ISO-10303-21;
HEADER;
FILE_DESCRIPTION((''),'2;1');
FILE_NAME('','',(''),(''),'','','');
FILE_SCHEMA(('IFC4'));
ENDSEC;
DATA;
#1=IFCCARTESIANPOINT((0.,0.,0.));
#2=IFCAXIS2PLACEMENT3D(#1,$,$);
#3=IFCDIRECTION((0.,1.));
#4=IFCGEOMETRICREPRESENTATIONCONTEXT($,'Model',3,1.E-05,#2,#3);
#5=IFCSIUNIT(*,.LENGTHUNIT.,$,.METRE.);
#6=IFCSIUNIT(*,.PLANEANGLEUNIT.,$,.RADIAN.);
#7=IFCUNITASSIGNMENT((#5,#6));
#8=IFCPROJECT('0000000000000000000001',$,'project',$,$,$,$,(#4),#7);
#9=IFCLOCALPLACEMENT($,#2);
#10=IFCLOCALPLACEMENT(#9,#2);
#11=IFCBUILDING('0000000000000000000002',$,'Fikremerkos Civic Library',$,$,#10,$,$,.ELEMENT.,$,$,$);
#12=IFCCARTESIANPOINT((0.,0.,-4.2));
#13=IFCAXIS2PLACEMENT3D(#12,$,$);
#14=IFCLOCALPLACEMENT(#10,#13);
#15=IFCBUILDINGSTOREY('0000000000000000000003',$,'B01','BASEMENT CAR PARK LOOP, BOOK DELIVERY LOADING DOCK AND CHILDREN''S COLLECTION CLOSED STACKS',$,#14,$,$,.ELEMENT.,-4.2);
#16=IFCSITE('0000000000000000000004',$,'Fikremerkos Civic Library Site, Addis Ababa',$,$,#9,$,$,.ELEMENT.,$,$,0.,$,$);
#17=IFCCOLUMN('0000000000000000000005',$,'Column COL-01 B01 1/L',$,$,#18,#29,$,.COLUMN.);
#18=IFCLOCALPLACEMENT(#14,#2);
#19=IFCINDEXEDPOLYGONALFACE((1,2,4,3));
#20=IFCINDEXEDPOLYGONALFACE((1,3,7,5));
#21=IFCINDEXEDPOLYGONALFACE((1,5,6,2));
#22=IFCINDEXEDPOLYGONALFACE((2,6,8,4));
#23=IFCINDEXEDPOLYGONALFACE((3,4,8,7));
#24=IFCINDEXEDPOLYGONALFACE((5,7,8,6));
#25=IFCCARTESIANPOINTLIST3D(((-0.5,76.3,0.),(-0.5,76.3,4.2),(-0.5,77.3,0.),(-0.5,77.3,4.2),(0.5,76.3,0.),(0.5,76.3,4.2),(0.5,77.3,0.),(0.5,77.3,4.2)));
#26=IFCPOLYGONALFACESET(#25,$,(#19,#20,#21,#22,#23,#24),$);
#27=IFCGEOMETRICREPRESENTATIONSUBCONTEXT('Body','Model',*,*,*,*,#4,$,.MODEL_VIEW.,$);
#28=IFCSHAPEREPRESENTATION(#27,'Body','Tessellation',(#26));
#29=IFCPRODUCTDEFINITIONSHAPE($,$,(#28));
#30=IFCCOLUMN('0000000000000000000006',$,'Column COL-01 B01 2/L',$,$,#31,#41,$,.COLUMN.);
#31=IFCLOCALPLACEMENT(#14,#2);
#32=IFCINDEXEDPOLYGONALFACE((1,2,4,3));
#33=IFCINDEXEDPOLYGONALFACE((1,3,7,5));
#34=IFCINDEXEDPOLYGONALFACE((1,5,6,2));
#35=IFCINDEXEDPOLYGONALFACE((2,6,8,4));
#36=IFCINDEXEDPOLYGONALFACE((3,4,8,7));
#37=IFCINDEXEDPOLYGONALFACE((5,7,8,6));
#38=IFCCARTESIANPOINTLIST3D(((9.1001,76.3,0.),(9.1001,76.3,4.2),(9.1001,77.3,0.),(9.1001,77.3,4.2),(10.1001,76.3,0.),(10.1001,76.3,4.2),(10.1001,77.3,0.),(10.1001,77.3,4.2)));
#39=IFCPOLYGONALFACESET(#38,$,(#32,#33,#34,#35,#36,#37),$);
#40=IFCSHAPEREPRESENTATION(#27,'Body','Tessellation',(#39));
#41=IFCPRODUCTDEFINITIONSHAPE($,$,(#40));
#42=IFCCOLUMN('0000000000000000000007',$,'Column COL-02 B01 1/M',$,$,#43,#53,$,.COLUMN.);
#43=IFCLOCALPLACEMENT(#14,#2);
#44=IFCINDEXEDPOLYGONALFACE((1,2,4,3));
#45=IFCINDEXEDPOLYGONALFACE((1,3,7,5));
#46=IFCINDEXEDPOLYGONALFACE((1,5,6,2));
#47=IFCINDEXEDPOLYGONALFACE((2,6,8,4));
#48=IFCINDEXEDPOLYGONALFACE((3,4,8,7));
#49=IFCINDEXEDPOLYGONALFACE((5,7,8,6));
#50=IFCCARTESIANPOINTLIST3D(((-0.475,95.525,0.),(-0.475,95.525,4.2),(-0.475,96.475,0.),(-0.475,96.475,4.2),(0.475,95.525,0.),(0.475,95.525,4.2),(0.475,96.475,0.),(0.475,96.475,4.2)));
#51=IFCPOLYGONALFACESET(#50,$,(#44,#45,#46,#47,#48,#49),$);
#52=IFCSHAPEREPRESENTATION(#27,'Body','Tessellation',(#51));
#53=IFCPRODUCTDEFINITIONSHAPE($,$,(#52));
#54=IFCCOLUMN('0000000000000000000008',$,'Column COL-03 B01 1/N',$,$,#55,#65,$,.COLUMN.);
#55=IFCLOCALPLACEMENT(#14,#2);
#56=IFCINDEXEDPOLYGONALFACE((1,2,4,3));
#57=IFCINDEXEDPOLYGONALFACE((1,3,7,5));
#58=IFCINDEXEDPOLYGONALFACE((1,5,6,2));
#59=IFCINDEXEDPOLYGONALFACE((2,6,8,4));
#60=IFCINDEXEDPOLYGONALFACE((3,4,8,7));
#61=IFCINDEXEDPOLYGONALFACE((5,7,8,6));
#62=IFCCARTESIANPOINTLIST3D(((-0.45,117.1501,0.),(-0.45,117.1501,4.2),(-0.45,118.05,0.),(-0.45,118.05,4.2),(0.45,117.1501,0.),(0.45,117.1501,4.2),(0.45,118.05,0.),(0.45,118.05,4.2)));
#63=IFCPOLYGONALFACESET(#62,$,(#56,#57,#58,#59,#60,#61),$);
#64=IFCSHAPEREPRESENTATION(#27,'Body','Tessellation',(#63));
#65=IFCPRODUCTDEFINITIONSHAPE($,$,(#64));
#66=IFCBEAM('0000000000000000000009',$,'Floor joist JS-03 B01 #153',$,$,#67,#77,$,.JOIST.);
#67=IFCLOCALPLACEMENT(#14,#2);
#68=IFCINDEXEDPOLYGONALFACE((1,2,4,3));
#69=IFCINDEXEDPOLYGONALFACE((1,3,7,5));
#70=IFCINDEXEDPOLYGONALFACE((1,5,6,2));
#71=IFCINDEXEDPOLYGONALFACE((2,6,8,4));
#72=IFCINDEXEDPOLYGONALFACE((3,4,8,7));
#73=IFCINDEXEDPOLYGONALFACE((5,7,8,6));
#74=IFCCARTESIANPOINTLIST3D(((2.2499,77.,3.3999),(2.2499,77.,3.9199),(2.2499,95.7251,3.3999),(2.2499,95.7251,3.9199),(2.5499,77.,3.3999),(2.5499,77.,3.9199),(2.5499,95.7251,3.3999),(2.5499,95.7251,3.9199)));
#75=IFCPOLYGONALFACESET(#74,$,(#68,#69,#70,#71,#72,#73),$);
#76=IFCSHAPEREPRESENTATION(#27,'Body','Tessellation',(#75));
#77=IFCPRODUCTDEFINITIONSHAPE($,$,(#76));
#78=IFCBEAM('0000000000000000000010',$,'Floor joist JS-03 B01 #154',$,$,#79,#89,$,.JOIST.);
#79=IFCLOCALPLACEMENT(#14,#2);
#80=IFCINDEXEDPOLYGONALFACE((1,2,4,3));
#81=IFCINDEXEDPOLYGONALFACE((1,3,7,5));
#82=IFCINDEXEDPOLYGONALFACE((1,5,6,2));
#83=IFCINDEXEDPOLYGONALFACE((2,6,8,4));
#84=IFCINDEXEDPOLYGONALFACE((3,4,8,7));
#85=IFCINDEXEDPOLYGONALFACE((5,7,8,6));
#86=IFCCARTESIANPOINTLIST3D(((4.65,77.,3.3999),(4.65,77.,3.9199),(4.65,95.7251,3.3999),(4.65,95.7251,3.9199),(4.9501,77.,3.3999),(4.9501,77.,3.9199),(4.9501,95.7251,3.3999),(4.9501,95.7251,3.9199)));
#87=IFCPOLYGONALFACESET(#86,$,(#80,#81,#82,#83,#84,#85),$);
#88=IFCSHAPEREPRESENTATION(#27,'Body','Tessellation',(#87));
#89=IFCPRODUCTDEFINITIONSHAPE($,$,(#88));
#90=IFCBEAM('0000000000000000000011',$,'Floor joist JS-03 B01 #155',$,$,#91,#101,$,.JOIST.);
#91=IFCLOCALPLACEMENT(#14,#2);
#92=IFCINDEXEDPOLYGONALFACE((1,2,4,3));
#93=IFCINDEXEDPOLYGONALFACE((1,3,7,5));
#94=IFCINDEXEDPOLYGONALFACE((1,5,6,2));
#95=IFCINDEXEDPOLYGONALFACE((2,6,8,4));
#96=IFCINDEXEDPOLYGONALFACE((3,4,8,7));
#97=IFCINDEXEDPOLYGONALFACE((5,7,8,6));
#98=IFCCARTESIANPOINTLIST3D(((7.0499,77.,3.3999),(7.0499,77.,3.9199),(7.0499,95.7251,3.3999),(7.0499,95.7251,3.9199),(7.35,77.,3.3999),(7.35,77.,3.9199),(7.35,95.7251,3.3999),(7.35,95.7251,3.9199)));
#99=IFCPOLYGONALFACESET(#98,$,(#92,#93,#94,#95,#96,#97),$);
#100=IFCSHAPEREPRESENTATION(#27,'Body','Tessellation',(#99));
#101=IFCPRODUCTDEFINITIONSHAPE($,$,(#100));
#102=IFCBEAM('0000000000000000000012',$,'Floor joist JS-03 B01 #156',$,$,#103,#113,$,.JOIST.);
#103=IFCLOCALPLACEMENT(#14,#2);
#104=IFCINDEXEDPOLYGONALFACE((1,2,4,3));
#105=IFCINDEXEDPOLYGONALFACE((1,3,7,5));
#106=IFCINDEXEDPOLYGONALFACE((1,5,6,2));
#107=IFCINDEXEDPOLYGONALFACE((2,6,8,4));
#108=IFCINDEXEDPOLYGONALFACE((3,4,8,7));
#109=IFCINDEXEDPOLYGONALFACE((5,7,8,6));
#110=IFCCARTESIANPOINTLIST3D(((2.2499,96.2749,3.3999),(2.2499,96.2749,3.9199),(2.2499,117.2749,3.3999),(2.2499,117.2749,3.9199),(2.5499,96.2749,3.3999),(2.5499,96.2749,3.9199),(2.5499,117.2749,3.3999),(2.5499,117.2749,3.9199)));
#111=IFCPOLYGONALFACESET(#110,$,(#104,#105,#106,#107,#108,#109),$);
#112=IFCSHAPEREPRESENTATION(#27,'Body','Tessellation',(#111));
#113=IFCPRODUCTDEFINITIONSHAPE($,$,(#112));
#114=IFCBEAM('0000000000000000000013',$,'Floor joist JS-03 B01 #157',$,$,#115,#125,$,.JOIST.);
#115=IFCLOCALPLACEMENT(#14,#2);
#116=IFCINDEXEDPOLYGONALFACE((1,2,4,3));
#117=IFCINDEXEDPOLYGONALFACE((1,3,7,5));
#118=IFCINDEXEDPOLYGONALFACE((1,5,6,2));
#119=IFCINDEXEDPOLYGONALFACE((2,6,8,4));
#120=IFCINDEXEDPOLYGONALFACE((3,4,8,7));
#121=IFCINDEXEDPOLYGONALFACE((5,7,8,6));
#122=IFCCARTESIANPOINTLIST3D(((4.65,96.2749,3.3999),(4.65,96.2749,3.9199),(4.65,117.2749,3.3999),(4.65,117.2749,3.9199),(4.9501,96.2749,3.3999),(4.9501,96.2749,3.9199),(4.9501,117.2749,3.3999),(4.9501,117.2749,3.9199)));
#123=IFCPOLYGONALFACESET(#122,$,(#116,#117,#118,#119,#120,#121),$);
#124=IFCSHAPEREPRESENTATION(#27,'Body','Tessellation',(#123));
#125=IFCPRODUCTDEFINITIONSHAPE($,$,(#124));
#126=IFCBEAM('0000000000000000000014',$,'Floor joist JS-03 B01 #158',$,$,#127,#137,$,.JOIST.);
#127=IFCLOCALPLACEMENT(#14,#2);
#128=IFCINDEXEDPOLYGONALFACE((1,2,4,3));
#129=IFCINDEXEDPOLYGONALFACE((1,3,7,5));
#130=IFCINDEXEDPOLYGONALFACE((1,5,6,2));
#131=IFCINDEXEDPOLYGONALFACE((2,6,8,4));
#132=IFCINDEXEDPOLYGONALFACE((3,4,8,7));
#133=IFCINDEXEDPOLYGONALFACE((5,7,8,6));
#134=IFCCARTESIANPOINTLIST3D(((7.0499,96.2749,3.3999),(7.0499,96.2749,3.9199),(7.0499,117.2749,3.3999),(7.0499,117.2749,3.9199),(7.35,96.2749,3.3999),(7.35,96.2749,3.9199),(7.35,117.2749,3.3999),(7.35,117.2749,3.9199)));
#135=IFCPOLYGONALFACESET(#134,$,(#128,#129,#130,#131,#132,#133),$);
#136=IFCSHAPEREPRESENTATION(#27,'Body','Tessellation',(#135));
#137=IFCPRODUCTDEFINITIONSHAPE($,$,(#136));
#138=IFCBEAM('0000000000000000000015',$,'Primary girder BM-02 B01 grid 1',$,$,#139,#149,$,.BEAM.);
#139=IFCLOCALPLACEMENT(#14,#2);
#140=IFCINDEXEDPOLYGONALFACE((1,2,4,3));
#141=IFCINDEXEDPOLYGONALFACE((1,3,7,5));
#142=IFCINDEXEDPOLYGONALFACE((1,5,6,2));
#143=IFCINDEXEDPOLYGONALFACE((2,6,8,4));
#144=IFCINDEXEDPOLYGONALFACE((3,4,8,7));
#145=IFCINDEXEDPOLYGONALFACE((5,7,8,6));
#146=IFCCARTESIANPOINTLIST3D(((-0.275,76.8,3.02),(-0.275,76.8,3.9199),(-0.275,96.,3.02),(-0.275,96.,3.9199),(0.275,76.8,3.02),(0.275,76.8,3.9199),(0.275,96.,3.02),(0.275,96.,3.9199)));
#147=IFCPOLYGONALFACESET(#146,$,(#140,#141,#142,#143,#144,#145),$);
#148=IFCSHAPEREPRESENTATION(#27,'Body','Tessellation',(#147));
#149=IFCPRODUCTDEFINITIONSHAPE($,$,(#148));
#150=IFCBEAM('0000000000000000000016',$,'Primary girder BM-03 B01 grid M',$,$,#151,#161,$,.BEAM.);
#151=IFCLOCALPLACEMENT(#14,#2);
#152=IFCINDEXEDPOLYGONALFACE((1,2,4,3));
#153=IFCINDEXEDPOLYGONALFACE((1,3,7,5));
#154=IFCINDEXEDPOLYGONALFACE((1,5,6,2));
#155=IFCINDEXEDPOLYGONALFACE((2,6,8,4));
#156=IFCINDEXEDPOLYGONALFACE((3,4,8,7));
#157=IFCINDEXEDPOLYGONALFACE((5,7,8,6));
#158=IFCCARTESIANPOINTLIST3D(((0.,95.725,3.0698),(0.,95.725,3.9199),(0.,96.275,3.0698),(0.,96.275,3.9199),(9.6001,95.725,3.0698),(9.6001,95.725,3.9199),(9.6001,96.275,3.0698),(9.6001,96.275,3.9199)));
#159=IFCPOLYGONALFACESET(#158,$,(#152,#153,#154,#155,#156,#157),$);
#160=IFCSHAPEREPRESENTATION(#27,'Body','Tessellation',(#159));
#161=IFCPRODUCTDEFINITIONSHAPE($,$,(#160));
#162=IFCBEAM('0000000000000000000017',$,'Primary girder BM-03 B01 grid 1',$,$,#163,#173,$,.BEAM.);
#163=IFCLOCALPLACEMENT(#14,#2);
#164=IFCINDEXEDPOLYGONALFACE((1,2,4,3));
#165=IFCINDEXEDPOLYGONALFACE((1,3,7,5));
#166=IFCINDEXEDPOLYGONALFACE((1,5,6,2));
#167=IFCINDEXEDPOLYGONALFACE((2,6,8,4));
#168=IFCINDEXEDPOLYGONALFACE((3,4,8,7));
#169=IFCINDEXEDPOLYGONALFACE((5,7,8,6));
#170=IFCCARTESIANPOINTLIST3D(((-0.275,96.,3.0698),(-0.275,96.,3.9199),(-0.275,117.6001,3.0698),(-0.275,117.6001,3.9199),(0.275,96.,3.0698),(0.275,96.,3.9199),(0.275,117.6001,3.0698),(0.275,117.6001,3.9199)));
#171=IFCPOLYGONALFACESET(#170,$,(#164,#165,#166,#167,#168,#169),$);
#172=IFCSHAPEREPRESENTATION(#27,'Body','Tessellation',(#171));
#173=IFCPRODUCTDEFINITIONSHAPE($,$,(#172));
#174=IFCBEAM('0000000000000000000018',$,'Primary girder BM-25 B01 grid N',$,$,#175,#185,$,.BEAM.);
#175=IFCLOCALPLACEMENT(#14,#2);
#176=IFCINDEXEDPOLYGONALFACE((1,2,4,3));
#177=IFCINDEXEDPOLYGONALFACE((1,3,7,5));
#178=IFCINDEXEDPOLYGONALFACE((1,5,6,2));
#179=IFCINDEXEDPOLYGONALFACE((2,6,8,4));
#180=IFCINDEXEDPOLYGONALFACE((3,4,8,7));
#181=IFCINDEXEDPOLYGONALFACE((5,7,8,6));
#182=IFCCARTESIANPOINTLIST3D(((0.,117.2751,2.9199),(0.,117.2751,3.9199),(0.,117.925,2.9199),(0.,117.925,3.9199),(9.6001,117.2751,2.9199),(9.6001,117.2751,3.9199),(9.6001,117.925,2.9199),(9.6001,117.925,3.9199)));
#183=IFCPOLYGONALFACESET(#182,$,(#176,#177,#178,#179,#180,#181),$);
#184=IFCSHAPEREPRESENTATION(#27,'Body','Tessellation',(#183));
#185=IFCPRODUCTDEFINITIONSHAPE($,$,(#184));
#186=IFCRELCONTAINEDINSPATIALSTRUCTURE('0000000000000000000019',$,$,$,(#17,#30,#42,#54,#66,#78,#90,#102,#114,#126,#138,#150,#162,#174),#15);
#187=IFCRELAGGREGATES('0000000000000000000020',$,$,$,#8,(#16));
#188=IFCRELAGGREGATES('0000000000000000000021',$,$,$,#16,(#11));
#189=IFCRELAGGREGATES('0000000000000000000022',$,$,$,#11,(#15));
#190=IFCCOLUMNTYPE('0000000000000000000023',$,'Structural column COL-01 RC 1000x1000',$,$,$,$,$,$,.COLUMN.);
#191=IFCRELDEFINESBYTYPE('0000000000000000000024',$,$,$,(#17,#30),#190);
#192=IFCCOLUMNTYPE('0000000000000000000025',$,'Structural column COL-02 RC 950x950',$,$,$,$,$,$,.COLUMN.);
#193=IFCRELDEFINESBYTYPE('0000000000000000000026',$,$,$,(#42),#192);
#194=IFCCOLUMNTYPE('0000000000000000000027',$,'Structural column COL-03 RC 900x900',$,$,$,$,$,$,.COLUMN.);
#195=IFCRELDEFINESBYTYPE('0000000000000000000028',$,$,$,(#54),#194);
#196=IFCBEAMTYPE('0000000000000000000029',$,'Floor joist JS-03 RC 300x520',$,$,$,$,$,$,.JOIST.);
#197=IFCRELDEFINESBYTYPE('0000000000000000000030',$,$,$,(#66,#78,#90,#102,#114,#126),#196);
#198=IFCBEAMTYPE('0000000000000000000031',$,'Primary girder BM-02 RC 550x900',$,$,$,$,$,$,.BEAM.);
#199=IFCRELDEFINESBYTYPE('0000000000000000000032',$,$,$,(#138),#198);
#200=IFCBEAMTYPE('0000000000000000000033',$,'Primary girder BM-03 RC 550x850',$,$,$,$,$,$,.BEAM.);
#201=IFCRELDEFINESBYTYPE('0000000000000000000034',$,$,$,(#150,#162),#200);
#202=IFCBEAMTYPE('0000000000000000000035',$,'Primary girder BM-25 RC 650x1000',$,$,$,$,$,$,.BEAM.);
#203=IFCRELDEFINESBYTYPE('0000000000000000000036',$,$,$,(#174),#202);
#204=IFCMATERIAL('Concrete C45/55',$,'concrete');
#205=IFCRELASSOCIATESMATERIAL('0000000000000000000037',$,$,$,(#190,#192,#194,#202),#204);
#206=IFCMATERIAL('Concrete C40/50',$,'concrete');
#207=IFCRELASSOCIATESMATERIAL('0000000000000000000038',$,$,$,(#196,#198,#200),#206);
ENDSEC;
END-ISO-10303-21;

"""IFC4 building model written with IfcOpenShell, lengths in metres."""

from ifc_helpers import new_model, si_unit, direction, frame, origin, origin_2d, place, context, subcontext, project, spatial, rectangle, extrude, material, material_profile, profile_set, type_object, element, save


model = new_model("IFC4")

# Units and contexts
model_context = context("Model", 3, precision=1e-05, world=origin(), true_north=direction((0.0, 1.0)))
body_context = subcontext(model_context, "Body", "Model", "MODEL_VIEW")
ifc_project = project(units=[si_unit("LENGTHUNIT", "METRE"), si_unit("PLANEANGLEUNIT", "RADIAN")], contexts=[model_context])

# Site, building, storey
site_placement = place(None, origin())
site = spatial("IfcSite", under=ifc_project, at=site_placement, Name="Fikremerkos Civic Library Site, Addis Ababa", CompositionType="ELEMENT", RefElevation=0.0)
building_placement = place(site_placement, origin())
building = spatial("IfcBuilding", under=site, at=building_placement, Name="Fikremerkos Civic Library", CompositionType="ELEMENT")
storey_placement = place(building_placement, frame((0.0, 0.0, -4.2)))
storey = spatial("IfcBuildingStorey", under=building, at=storey_placement, Name="B01", Description="BASEMENT CAR PARK LOOP, BOOK DELIVERY LOADING DOCK AND CHILDREN'S COLLECTION CLOSED STACKS", CompositionType="ELEMENT", Elevation=-4.2)

# Columns
ifc_material_1 = material(Name="Concrete C45/55", Category="concrete")
ifc_material_profile_1 = material_profile(ifc_material_1, rectangle(XDim=1.0, YDim=1.0, at=origin_2d()), Name="RC 1000x1000")
ifc_profile_set_1 = profile_set([ifc_material_profile_1], Name="Concrete C45/55")
column_type_1 = type_object("IfcColumnType", Name="Structural column COL-01 RC 1000x1000", PredefinedType="COLUMN", material=ifc_profile_set_1)
for number, where, z_axis, x_axis, name in (
    (1, (0.0, 76.8, 0.0), (0.0, 0.0, 1.0), (1.0, 0.0, 0.0), "Column COL-01 B01 1/L"),
    (2, (9.6001, 76.8, 0.0), (0.0, 0.0, 1.0), (1.0, 0.0, 0.0), "Column COL-01 B01 2/L"),
):
    element("IfcColumn", number, at=place(storey_placement, frame(where, z_axis=z_axis, x_axis=x_axis)), inside=storey, type_object=column_type_1, Name=name, PredefinedType="COLUMN", context=body_context, shape_type="SweptSolid", body=[
        extrude(rectangle(XDim=1.0, YDim=1.0, at=origin_2d()), origin(), (0.0, 0.0, 1.0), 4.2),
    ])
ifc_material_profile_2 = material_profile(ifc_material_1, rectangle(XDim=0.95, YDim=0.95, at=origin_2d()), Name="RC 950x950")
ifc_profile_set_2 = profile_set([ifc_material_profile_2], Name="Concrete C45/55")
column_type_2 = type_object("IfcColumnType", Name="Structural column COL-02 RC 950x950", PredefinedType="COLUMN", material=ifc_profile_set_2)
column_1_placement = place(storey_placement, frame((0.0, 96.0, 0.0), z_axis=(0.0, 0.0, 1.0), x_axis=(1.0, 0.0, 0.0)))
element("IfcColumn", 3, at=column_1_placement, inside=storey, type_object=column_type_2, Name="Column COL-02 B01 1/M", PredefinedType="COLUMN", context=body_context, shape_type="SweptSolid", body=[
    extrude(rectangle(XDim=0.95, YDim=0.95, at=origin_2d()), origin(), (0.0, 0.0, 1.0), 4.2),
])
ifc_material_profile_3 = material_profile(ifc_material_1, rectangle(XDim=0.8999, YDim=0.8999, at=origin_2d()), Name="RC 900x900")
ifc_profile_set_3 = profile_set([ifc_material_profile_3], Name="Concrete C45/55")
column_type_3 = type_object("IfcColumnType", Name="Structural column COL-03 RC 900x900", PredefinedType="COLUMN", material=ifc_profile_set_3)
column_2_placement = place(storey_placement, frame((0.0, 117.6001, 0.0), z_axis=(0.0, 0.0, 1.0), x_axis=(1.0, 0.0, 0.0)))
element("IfcColumn", 4, at=column_2_placement, inside=storey, type_object=column_type_3, Name="Column COL-03 B01 1/N", PredefinedType="COLUMN", context=body_context, shape_type="SweptSolid", body=[
    extrude(rectangle(XDim=0.8999, YDim=0.8999, at=origin_2d()), origin(), (0.0, 0.0, 1.0), 4.2),
])

# Beams
ifc_material_2 = material(Name="Concrete C40/50", Category="concrete")
ifc_material_profile_4 = material_profile(ifc_material_2, rectangle(XDim=0.3, YDim=0.52, at=origin_2d()), Name="RC 300x520")
ifc_profile_set_4 = profile_set([ifc_material_profile_4], Name="Concrete C40/50")
beam_type_1 = type_object("IfcBeamType", Name="Floor joist JS-03 RC 300x520", PredefinedType="JOIST", material=ifc_profile_set_4)
for number, where, z_axis, x_axis, name in (
    (5, (2.3999, 77.0, 3.6599), (0.0, 1.0, 0.0), (-1.0, 0.0, 0.0), "Floor joist JS-03 B01 #153"),
    (6, (4.8, 77.0, 3.6599), (0.0, 1.0, 0.0), (-1.0, 0.0, 0.0), "Floor joist JS-03 B01 #154"),
    (7, (7.2, 77.0, 3.6599), (0.0, 1.0, 0.0), (-1.0, 0.0, 0.0), "Floor joist JS-03 B01 #155"),
):
    element("IfcBeam", number, at=place(storey_placement, frame(where, z_axis=z_axis, x_axis=x_axis)), inside=storey, type_object=beam_type_1, Name=name, PredefinedType="JOIST", context=body_context, shape_type="SweptSolid", body=[
        extrude(rectangle(XDim=0.3, YDim=0.52, at=origin_2d()), origin(), (0.0, 0.0, 1.0), 18.7251),
    ])
for number, where, z_axis, x_axis, name in (
    (8, (2.3999, 96.2749, 3.6599), (0.0, 1.0, 0.0), (-1.0, 0.0, 0.0), "Floor joist JS-03 B01 #156"),
    (9, (4.8, 96.2749, 3.6599), (0.0, 1.0, 0.0), (-1.0, 0.0, 0.0), "Floor joist JS-03 B01 #157"),
    (10, (7.2, 96.2749, 3.6599), (0.0, 1.0, 0.0), (-1.0, 0.0, 0.0), "Floor joist JS-03 B01 #158"),
):
    element("IfcBeam", number, at=place(storey_placement, frame(where, z_axis=z_axis, x_axis=x_axis)), inside=storey, type_object=beam_type_1, Name=name, PredefinedType="JOIST", context=body_context, shape_type="SweptSolid", body=[
        extrude(rectangle(XDim=0.3, YDim=0.52, at=origin_2d()), origin(), (0.0, 0.0, 1.0), 21.0),
    ])
ifc_material_profile_5 = material_profile(ifc_material_2, rectangle(XDim=0.55, YDim=0.8999, at=origin_2d()), Name="RC 550x900")
ifc_profile_set_5 = profile_set([ifc_material_profile_5], Name="Concrete C40/50")
beam_type_2 = type_object("IfcBeamType", Name="Primary girder BM-02 RC 550x900", PredefinedType="BEAM", material=ifc_profile_set_5)
beam_1_placement = place(storey_placement, frame((0.0, 76.8, 3.47), z_axis=(0.0, 1.0, 0.0), x_axis=(-1.0, 0.0, 0.0)))
element("IfcBeam", 11, at=beam_1_placement, inside=storey, type_object=beam_type_2, Name="Primary girder BM-02 B01 grid 1", PredefinedType="BEAM", context=body_context, shape_type="SweptSolid", body=[
    extrude(rectangle(XDim=0.55, YDim=0.8999, at=origin_2d()), origin(), (0.0, 0.0, 1.0), 19.2),
])
ifc_material_profile_6 = material_profile(ifc_material_2, rectangle(XDim=0.55, YDim=0.8501, at=origin_2d()), Name="RC 550x850")
ifc_profile_set_6 = profile_set([ifc_material_profile_6], Name="Concrete C40/50")
beam_type_3 = type_object("IfcBeamType", Name="Primary girder BM-03 RC 550x850", PredefinedType="BEAM", material=ifc_profile_set_6)
beam_2_placement = place(storey_placement, frame((0.0, 96.0, 3.4949), z_axis=(1.0, 0.0, 0.0), x_axis=(0.0, 1.0, 0.0)))
element("IfcBeam", 12, at=beam_2_placement, inside=storey, type_object=beam_type_3, Name="Primary girder BM-03 B01 grid M", PredefinedType="BEAM", context=body_context, shape_type="SweptSolid", body=[
    extrude(rectangle(XDim=0.55, YDim=0.8501, at=origin_2d()), origin(), (0.0, 0.0, 1.0), 9.6001),
])
beam_3_placement = place(storey_placement, frame((0.0, 96.0, 3.4949), z_axis=(0.0, 1.0, 0.0), x_axis=(-1.0, 0.0, 0.0)))
element("IfcBeam", 13, at=beam_3_placement, inside=storey, type_object=beam_type_3, Name="Primary girder BM-03 B01 grid 1", PredefinedType="BEAM", context=body_context, shape_type="SweptSolid", body=[
    extrude(rectangle(XDim=0.55, YDim=0.8501, at=origin_2d()), origin(), (0.0, 0.0, 1.0), 21.6001),
])
ifc_material_profile_7 = material_profile(ifc_material_1, rectangle(XDim=0.6499, YDim=1.0, at=origin_2d()), Name="RC 650x1000")
ifc_profile_set_7 = profile_set([ifc_material_profile_7], Name="Concrete C45/55")
beam_type_4 = type_object("IfcBeamType", Name="Primary girder BM-25 RC 650x1000", PredefinedType="BEAM", material=ifc_profile_set_7)
beam_4_placement = place(storey_placement, frame((0.0, 117.6001, 3.4199), z_axis=(1.0, 0.0, 0.0), x_axis=(0.0, 1.0, 0.0)))
element("IfcBeam", 14, at=beam_4_placement, inside=storey, type_object=beam_type_4, Name="Primary girder BM-25 B01 grid N", PredefinedType="BEAM", context=body_context, shape_type="SweptSolid", body=[
    extrude(rectangle(XDim=0.6499, YDim=1.0, at=origin_2d()), origin(), (0.0, 0.0, 1.0), 9.6001),
])

save(model, "model.ifc")
